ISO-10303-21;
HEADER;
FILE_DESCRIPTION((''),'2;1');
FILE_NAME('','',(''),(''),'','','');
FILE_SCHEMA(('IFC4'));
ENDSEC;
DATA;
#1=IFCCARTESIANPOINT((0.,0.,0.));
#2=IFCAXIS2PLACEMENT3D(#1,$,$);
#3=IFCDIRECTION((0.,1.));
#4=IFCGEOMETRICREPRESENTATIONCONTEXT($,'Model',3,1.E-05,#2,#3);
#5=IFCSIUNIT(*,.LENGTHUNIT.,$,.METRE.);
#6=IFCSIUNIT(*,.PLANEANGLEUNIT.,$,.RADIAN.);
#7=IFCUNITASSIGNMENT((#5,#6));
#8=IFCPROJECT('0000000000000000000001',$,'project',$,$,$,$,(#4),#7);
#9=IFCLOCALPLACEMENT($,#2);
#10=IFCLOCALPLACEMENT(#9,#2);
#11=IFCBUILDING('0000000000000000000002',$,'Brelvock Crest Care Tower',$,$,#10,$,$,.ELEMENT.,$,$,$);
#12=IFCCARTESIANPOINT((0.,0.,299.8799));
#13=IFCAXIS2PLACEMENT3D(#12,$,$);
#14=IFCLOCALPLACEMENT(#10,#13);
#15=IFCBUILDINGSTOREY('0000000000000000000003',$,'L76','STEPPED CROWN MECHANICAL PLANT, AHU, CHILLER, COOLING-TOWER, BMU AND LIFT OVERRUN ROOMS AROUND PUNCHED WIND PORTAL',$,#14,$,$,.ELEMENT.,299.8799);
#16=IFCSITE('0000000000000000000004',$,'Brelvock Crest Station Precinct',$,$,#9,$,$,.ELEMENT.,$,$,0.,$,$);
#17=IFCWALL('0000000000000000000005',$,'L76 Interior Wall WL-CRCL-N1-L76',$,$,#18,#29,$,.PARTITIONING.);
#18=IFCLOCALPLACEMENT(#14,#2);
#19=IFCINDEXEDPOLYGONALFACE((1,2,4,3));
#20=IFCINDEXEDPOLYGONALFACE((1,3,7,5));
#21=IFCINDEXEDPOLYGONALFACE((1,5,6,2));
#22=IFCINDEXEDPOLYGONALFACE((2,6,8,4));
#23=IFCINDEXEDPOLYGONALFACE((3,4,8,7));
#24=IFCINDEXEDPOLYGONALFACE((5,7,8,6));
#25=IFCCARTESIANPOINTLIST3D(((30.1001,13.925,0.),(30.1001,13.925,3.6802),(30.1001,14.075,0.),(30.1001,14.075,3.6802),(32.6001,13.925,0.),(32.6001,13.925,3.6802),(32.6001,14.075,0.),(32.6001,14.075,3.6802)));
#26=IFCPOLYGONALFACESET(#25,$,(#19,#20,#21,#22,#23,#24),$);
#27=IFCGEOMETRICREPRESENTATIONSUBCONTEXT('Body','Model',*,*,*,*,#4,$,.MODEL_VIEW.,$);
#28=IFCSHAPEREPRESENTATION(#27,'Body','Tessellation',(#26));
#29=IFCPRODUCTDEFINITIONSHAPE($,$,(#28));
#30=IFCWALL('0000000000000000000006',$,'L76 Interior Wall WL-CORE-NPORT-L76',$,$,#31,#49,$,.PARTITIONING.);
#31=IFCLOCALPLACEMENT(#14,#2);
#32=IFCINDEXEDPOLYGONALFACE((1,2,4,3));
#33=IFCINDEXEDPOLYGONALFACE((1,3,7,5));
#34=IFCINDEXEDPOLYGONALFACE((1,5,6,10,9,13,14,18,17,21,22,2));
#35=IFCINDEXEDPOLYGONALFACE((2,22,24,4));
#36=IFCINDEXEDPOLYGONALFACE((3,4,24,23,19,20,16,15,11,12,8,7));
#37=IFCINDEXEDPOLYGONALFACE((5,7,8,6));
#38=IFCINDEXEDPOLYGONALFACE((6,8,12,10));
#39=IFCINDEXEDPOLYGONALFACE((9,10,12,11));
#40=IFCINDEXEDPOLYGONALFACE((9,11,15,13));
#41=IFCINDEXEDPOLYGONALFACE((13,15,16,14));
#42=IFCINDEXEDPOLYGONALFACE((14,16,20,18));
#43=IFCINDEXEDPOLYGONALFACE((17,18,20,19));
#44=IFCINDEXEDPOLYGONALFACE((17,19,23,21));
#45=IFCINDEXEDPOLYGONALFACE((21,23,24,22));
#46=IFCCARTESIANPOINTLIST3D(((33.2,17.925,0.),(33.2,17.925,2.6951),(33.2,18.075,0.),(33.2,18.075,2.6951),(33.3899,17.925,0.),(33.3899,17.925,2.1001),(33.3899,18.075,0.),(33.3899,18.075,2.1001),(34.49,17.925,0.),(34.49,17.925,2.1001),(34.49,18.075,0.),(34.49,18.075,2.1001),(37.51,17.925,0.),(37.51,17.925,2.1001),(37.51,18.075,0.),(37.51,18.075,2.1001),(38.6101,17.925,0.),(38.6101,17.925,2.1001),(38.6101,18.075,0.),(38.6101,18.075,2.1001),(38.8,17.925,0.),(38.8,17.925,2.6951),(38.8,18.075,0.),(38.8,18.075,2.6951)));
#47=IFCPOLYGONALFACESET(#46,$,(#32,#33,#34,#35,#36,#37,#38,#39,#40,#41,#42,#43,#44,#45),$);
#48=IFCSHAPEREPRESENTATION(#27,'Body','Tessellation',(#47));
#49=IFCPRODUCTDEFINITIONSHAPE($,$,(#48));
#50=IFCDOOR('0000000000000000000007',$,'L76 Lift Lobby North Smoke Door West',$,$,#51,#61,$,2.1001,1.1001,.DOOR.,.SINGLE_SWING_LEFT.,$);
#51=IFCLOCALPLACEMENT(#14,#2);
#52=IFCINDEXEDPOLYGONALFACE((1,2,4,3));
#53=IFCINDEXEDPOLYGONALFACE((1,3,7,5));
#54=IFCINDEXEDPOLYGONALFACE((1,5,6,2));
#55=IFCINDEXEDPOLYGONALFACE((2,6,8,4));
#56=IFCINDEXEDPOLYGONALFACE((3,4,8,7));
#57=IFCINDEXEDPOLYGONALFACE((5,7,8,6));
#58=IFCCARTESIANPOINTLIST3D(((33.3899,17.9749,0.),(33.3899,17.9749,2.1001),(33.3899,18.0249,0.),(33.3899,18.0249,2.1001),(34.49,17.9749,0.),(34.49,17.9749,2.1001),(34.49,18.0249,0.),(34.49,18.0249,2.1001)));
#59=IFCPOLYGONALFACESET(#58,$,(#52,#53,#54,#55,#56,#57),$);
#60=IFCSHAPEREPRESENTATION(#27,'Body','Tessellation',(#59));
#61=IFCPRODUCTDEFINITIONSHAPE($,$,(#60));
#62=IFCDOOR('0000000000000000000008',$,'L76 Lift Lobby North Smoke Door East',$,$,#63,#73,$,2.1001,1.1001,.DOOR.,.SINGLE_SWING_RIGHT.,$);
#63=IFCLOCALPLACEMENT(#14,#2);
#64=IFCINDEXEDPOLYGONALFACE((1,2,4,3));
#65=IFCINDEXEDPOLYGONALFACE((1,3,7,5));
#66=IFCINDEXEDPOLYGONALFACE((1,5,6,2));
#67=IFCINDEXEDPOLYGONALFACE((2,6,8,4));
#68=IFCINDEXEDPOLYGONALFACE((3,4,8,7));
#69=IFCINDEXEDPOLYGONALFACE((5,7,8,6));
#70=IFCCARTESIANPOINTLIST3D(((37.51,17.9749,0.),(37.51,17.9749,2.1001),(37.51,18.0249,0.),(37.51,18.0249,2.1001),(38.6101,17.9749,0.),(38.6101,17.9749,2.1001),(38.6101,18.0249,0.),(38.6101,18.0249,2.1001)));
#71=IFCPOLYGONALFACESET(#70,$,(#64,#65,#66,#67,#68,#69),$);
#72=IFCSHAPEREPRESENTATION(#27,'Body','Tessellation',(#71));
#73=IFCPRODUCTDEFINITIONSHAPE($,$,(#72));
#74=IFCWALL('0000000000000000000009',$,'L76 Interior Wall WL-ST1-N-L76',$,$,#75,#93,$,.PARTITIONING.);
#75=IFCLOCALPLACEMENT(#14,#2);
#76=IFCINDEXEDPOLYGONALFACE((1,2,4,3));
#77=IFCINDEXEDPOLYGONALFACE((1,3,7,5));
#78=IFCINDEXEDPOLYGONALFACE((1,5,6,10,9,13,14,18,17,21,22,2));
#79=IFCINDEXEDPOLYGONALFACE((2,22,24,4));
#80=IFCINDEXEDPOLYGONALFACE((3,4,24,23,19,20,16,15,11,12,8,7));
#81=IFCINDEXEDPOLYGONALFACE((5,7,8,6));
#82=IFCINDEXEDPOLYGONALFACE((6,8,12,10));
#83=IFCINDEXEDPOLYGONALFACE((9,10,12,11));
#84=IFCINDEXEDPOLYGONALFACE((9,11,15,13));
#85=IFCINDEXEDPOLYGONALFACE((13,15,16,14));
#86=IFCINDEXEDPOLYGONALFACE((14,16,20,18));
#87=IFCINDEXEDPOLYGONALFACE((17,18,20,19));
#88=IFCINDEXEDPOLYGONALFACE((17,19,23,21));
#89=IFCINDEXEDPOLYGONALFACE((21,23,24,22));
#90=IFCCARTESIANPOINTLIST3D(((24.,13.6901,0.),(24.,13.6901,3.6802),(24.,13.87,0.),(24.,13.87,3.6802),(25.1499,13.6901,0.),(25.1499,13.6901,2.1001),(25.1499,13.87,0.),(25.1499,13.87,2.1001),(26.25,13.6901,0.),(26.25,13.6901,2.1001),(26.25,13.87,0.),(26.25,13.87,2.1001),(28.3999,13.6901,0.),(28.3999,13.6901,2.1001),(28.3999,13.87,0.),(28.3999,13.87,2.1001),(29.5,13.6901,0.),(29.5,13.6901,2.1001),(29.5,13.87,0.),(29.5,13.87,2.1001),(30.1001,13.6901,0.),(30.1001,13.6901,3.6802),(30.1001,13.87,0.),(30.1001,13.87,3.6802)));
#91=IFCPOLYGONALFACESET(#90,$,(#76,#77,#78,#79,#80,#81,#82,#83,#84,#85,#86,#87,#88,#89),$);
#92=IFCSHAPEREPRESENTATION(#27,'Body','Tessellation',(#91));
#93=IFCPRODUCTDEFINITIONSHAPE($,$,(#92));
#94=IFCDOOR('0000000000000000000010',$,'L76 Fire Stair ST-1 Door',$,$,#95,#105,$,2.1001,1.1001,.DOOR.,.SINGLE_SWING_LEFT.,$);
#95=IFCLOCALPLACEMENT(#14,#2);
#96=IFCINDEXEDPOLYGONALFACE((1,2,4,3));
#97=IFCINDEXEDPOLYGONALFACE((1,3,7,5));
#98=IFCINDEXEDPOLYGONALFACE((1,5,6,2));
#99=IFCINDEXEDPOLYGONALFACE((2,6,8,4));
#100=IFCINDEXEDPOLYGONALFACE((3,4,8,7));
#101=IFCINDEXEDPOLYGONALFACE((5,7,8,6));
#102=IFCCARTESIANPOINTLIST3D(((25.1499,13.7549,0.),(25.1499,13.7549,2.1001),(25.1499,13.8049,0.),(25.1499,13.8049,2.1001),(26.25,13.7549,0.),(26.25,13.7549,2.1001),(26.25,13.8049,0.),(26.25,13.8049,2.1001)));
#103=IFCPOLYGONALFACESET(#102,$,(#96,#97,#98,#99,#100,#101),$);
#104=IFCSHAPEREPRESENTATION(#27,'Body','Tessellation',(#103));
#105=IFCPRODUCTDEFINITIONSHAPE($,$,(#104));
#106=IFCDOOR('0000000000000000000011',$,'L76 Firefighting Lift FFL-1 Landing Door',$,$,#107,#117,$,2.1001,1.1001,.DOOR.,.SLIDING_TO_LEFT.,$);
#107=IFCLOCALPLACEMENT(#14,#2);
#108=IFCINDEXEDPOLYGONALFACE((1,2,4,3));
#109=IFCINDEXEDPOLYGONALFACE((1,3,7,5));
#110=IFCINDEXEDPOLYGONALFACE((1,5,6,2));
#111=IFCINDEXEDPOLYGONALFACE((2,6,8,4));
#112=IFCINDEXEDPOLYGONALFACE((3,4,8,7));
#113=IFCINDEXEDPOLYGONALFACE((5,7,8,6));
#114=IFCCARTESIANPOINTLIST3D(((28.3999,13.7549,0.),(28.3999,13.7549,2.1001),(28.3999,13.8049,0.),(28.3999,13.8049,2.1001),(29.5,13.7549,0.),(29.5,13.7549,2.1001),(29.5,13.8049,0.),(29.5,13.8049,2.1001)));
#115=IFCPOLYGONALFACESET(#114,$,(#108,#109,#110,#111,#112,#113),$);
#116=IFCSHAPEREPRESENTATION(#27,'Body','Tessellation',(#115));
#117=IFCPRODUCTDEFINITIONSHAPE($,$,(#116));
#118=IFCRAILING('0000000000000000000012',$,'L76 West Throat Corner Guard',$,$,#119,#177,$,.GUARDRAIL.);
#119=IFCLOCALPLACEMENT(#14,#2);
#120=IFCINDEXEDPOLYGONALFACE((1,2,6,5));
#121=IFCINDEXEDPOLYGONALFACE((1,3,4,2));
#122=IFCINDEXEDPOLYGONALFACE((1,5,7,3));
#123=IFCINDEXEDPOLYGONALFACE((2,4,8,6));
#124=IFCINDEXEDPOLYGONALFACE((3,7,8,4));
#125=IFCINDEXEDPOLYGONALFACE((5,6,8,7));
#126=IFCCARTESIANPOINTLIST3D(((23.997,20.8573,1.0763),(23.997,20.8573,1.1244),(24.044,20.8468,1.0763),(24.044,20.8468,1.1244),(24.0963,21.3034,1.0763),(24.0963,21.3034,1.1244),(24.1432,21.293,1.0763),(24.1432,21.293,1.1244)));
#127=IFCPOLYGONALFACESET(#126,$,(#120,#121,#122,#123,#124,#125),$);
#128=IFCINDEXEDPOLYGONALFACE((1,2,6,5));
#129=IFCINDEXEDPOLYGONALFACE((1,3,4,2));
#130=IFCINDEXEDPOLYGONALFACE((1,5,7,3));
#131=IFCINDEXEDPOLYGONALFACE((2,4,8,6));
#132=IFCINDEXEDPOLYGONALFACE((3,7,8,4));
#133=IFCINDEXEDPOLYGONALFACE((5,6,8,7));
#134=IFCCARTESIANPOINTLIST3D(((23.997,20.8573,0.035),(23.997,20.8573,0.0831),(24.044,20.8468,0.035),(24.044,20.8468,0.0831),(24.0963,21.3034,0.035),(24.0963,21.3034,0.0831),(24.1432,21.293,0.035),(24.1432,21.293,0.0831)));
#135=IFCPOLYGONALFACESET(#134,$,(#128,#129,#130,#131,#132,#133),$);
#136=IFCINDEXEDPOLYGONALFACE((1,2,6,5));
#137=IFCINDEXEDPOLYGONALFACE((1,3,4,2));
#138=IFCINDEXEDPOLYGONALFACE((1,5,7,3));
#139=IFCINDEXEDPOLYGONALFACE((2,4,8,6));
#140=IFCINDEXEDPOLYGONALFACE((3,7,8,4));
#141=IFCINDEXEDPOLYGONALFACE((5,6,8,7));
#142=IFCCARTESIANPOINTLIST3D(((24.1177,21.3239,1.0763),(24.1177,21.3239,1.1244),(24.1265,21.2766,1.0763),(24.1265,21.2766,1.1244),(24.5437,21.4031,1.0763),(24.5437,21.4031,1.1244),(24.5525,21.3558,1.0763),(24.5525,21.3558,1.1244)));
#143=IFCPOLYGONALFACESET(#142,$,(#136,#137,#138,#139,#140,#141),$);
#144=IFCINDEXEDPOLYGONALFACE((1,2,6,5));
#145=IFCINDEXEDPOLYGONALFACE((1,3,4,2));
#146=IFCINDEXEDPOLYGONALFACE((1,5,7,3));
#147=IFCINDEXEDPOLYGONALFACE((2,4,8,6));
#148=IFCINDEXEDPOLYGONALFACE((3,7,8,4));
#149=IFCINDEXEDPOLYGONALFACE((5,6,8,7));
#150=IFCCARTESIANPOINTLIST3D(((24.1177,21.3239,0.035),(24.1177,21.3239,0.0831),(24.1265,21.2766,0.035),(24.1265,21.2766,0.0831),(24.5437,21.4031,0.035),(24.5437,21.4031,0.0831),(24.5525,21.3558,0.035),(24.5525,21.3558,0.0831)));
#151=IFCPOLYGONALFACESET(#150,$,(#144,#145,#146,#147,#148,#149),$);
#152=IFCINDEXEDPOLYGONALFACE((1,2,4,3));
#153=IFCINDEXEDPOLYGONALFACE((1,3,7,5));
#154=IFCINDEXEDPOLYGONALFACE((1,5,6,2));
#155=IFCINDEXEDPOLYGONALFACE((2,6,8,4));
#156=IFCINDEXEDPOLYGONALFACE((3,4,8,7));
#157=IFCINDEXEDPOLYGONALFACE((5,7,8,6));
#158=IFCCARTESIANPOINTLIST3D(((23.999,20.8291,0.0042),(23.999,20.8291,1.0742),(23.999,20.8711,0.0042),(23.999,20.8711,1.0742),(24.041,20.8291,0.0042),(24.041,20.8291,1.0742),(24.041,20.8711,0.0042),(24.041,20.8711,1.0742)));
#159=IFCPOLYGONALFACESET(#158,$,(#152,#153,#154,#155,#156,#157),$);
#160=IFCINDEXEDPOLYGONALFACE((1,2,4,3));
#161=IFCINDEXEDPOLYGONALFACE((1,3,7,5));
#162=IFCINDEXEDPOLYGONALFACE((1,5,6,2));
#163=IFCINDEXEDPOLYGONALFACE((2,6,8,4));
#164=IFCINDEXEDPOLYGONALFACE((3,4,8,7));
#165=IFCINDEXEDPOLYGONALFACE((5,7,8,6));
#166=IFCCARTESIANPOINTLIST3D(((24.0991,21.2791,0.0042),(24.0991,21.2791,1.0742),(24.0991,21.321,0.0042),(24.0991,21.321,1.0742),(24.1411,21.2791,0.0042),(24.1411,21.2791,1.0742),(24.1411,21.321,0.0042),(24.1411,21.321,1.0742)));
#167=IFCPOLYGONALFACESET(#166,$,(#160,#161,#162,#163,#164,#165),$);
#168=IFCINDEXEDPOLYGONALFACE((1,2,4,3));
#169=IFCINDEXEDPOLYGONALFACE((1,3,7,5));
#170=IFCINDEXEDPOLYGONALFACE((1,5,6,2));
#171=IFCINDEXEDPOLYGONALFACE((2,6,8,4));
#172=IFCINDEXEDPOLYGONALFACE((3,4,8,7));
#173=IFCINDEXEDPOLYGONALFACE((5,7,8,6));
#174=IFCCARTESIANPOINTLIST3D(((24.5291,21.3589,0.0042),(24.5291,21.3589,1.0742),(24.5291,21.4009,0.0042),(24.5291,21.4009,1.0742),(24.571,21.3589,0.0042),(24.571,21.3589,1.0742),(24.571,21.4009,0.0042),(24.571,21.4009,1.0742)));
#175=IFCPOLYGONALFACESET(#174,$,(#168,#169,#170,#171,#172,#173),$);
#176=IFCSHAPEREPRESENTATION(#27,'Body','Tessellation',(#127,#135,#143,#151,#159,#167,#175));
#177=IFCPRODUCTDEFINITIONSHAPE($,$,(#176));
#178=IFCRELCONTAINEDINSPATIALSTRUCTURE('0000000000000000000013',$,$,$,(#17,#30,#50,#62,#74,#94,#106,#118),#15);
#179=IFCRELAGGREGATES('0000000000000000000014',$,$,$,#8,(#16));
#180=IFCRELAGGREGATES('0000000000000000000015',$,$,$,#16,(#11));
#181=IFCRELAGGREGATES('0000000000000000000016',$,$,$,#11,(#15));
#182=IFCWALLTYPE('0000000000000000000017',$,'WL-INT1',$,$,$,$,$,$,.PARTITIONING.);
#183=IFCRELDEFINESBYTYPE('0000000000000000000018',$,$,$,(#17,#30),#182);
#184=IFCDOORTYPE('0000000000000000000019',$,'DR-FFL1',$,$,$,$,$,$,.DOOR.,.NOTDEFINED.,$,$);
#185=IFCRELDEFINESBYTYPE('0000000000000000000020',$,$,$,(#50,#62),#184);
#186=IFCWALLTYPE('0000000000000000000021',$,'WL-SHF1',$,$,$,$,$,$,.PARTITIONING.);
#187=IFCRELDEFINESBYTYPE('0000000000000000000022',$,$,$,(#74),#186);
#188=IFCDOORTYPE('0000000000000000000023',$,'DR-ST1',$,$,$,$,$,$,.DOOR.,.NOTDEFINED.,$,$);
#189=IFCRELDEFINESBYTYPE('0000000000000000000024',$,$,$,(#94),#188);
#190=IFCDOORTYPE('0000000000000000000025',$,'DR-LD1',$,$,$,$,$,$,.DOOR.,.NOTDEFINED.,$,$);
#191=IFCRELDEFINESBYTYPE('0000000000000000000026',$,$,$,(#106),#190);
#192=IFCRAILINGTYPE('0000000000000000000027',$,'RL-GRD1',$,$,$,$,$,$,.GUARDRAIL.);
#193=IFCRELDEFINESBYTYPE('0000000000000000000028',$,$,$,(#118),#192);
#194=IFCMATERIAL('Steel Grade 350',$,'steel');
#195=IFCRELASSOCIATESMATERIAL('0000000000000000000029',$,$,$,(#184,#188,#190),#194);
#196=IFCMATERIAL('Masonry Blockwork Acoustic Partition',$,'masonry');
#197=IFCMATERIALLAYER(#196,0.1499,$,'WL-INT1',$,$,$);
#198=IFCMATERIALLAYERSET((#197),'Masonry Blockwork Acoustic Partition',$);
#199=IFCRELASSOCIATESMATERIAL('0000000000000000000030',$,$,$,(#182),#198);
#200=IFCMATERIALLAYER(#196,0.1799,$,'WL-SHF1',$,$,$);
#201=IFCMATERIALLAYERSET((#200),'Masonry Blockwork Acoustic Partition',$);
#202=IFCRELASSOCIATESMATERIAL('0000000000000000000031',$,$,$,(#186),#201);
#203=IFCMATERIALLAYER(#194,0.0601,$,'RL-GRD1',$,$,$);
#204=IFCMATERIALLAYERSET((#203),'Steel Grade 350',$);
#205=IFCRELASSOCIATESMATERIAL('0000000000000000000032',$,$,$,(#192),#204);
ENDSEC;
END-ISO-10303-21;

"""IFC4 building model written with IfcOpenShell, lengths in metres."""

from ifc_helpers import new_model, si_unit, direction, frame, frame_2d, origin, origin_2d, place, context, subcontext, project, spatial, rectangle, extrude, source, transform, mapped, material, layer, layer_set, type_object, element, fill, save


model = new_model("IFC4")

# Units and contexts
model_context = context("Model", 3, precision=1e-05, world=origin(), true_north=direction((0.0, 1.0)))
body_context = subcontext(model_context, "Body", "Model", "MODEL_VIEW")
ifc_project = project(units=[si_unit("LENGTHUNIT", "METRE"), si_unit("PLANEANGLEUNIT", "RADIAN")], contexts=[model_context])

# Site, building, storey
site_placement = place(None, origin())
site = spatial("IfcSite", under=ifc_project, at=site_placement, Name="Brelvock Crest Station Precinct", CompositionType="ELEMENT", RefElevation=0.0)
building_placement = place(site_placement, origin())
building = spatial("IfcBuilding", under=site, at=building_placement, Name="Brelvock Crest Care Tower", CompositionType="ELEMENT")
storey_placement = place(building_placement, frame((0.0, 0.0, 299.8799)))
storey = spatial("IfcBuildingStorey", under=building, at=storey_placement, Name="L76", Description="STEPPED CROWN MECHANICAL PLANT, AHU, CHILLER, COOLING-TOWER, BMU AND LIFT OVERRUN ROOMS AROUND PUNCHED WIND PORTAL", CompositionType="ELEMENT", Elevation=299.8799)

# Shared definitions
ifc_material_1 = material(Name="Steel Grade 350", Category="steel")

# Shared definitions
door_type_1 = type_object("IfcDoorType", Name="DR-FFL1", OperationType="NOTDEFINED", PredefinedType="DOOR", material=ifc_material_1)
shared_shape_1 = source(origin(), body_context, "Body", "SweptSolid", [
    extrude(rectangle(XDim=1.1001, YDim=2.1001, at=origin_2d()), frame((0.55, 0.0249, 1.05), z_axis=(0.0, -1.0, 0.0), x_axis=(1.0, 0.0, 0.0)), (0.0, 0.0, 1.0), 0.05),
])

# Wall
ifc_material_2 = material(Name="Masonry Blockwork Acoustic Partition", Category="masonry")
ifc_layer_1 = layer(ifc_material_2, 0.1499, Name="WL-INT1")
ifc_layer_set_1 = layer_set([ifc_layer_1], Name="Masonry Blockwork Acoustic Partition")
wall_type_1 = type_object("IfcWallType", Name="WL-INT1", PredefinedType="PARTITIONING", material=ifc_layer_set_1)
wall_1_placement = place(storey_placement, frame((30.1001, 14.0, 0.0), z_axis=(0.0, 0.0, 1.0), x_axis=(1.0, 0.0, 0.0)))
element("IfcWall", 1, at=wall_1_placement, inside=storey, type_object=wall_type_1, Name="L76 Interior Wall WL-CRCL-N1-L76", PredefinedType="PARTITIONING", context=body_context, shape_type="SweptSolid", body=[
    extrude(rectangle(XDim=2.5, YDim=0.1499, at=frame_2d((1.25, 0.0))), origin(), (0.0, 0.0, 1.0), 3.6802),
])

# Walls, openings, doors
wall_2_placement = place(storey_placement, frame((33.2, 18.0, 0.0), z_axis=(0.0, 0.0, 1.0), x_axis=(1.0, 0.0, 0.0)))
wall_2 = element("IfcWall", 2, at=wall_2_placement, inside=storey, type_object=wall_type_1, Name="L76 Interior Wall WL-CORE-NPORT-L76", PredefinedType="PARTITIONING", context=body_context, shape_type="SweptSolid", body=[
    extrude(rectangle(XDim=5.6001, YDim=0.1499, at=frame_2d((2.8, 0.0))), origin(), (0.0, 0.0, 1.0), 2.6951),
])
opening_1_placement = place(wall_2_placement, frame((0.1899, 0.0, 0.0)))
opening_1 = element("IfcOpeningElement", 3, at=opening_1_placement, cuts=wall_2, PredefinedType="OPENING", context=body_context, shape_type="SweptSolid", body=[
    extrude(rectangle(XDim=1.1001, YDim=2.1001, at=origin_2d()), frame((0.55, 0.085, 1.05), z_axis=(0.0, -1.0, 0.0), x_axis=(1.0, 0.0, 0.0)), (0.0, 0.0, 1.0), 0.1699),
])
opening_2_placement = place(wall_2_placement, frame((4.3101, 0.0, 0.0)))
opening_2 = element("IfcOpeningElement", 4, at=opening_2_placement, cuts=wall_2, PredefinedType="OPENING", context=body_context, shape_type="SweptSolid", body=[
    extrude(rectangle(XDim=1.1001, YDim=2.1001, at=origin_2d()), frame((0.55, 0.085, 1.05), z_axis=(0.0, -1.0, 0.0), x_axis=(1.0, 0.0, 0.0)), (0.0, 0.0, 1.0), 0.1699),
])
door_1_placement = place(opening_1_placement, origin())
door_1 = element("IfcDoor", 5, at=door_1_placement, inside=storey, type_object=door_type_1, Name="L76 Lift Lobby North Smoke Door West", OperationType="SINGLE_SWING_LEFT", OverallHeight=2.1001, OverallWidth=1.1001, PredefinedType="DOOR", context=body_context, shape_type="MappedRepresentation", body=[
    mapped(shared_shape_1, transform((0.0, 0.0, 0.0), x_axis=(1.0, 0.0, 0.0), y_axis=(0.0, 1.0, 0.0), z_axis=(0.0, 0.0, 1.0), scale=1.0)),
])
fill(opening_1, door_1)
door_2_placement = place(opening_2_placement, origin())
door_2 = element("IfcDoor", 6, at=door_2_placement, inside=storey, type_object=door_type_1, Name="L76 Lift Lobby North Smoke Door East", OperationType="SINGLE_SWING_RIGHT", OverallHeight=2.1001, OverallWidth=1.1001, PredefinedType="DOOR", context=body_context, shape_type="MappedRepresentation", body=[
    mapped(shared_shape_1, transform((0.0, 0.0, 0.0), x_axis=(1.0, 0.0, 0.0), y_axis=(0.0, 1.0, 0.0), z_axis=(0.0, 0.0, 1.0), scale=1.0)),
])
fill(opening_2, door_2)
ifc_layer_2 = layer(ifc_material_2, 0.1799, Name="WL-SHF1")
ifc_layer_set_2 = layer_set([ifc_layer_2], Name="Masonry Blockwork Acoustic Partition")
wall_type_2 = type_object("IfcWallType", Name="WL-SHF1", PredefinedType="PARTITIONING", material=ifc_layer_set_2)
wall_3_placement = place(storey_placement, frame((24.0, 13.78, 0.0), z_axis=(0.0, 0.0, 1.0), x_axis=(1.0, 0.0, 0.0)))
wall_3 = element("IfcWall", 7, at=wall_3_placement, inside=storey, type_object=wall_type_2, Name="L76 Interior Wall WL-ST1-N-L76", PredefinedType="PARTITIONING", context=body_context, shape_type="SweptSolid", body=[
    extrude(rectangle(XDim=6.1001, YDim=0.1799, at=frame_2d((3.05, 0.0))), origin(), (0.0, 0.0, 1.0), 3.6802),
])
opening_3_placement = place(wall_3_placement, frame((1.1499, 0.0, 0.0)))
opening_3 = element("IfcOpeningElement", 8, at=opening_3_placement, cuts=wall_3, PredefinedType="OPENING", context=body_context, shape_type="SweptSolid", body=[
    extrude(rectangle(XDim=1.1001, YDim=2.1001, at=origin_2d()), frame((0.55, 0.1001, 1.05), z_axis=(0.0, -1.0, 0.0), x_axis=(1.0, 0.0, 0.0)), (0.0, 0.0, 1.0), 0.2),
])
opening_4_placement = place(wall_3_placement, frame((4.3999, 0.0, 0.0)))
opening_4 = element("IfcOpeningElement", 9, at=opening_4_placement, cuts=wall_3, PredefinedType="OPENING", context=body_context, shape_type="SweptSolid", body=[
    extrude(rectangle(XDim=1.1001, YDim=2.1001, at=origin_2d()), frame((0.55, 0.1001, 1.05), z_axis=(0.0, -1.0, 0.0), x_axis=(1.0, 0.0, 0.0)), (0.0, 0.0, 1.0), 0.2),
])
door_type_2 = type_object("IfcDoorType", Name="DR-ST1", OperationType="NOTDEFINED", PredefinedType="DOOR", material=ifc_material_1)
shared_shape_2 = source(origin(), body_context, "Body", "SweptSolid", [
    extrude(rectangle(XDim=1.1001, YDim=2.1001, at=origin_2d()), frame((0.55, 0.0249, 1.05), z_axis=(0.0, -1.0, 0.0), x_axis=(1.0, 0.0, 0.0)), (0.0, 0.0, 1.0), 0.05),
])
door_3_placement = place(opening_3_placement, origin())
door_3 = element("IfcDoor", 10, at=door_3_placement, inside=storey, type_object=door_type_2, Name="L76 Fire Stair ST-1 Door", OperationType="SINGLE_SWING_LEFT", OverallHeight=2.1001, OverallWidth=1.1001, PredefinedType="DOOR", context=body_context, shape_type="MappedRepresentation", body=[
    mapped(shared_shape_2, transform((0.0, 0.0, 0.0), x_axis=(1.0, 0.0, 0.0), y_axis=(0.0, 1.0, 0.0), z_axis=(0.0, 0.0, 1.0), scale=1.0)),
])
fill(opening_3, door_3)
door_type_3 = type_object("IfcDoorType", Name="DR-LD1", OperationType="NOTDEFINED", PredefinedType="DOOR", material=ifc_material_1)
shared_shape_3 = source(origin(), body_context, "Body", "SweptSolid", [
    extrude(rectangle(XDim=1.1001, YDim=2.1001, at=origin_2d()), frame((0.55, 0.0249, 1.05), z_axis=(0.0, -1.0, 0.0), x_axis=(1.0, 0.0, 0.0)), (0.0, 0.0, 1.0), 0.05),
])
door_4_placement = place(opening_4_placement, origin())
door_4 = element("IfcDoor", 11, at=door_4_placement, inside=storey, type_object=door_type_3, Name="L76 Firefighting Lift FFL-1 Landing Door", OperationType="SLIDING_TO_LEFT", OverallHeight=2.1001, OverallWidth=1.1001, PredefinedType="DOOR", context=body_context, shape_type="MappedRepresentation", body=[
    mapped(shared_shape_3, transform((0.0, 0.0, 0.0), x_axis=(1.0, 0.0, 0.0), y_axis=(0.0, 1.0, 0.0), z_axis=(0.0, 0.0, 1.0), scale=1.0)),
])
fill(opening_4, door_4)

# Railing
ifc_layer_3 = layer(ifc_material_1, 0.0601, Name="RL-GRD1")
ifc_layer_set_3 = layer_set([ifc_layer_3], Name="Steel Grade 350")
railing_type_1 = type_object("IfcRailingType", Name="RL-GRD1", PredefinedType="GUARDRAIL", material=ifc_layer_set_3)
railing_1_placement = place(storey_placement, frame((24.02, 20.8501, 0.0042)))
element("IfcRailing", 12, at=railing_1_placement, inside=storey, type_object=railing_type_1, Name="L76 West Throat Corner Guard", PredefinedType="GUARDRAIL", context=body_context, shape_type="SweptSolid", body=[
    extrude(rectangle(XDim=0.0481, YDim=0.0481, at=origin_2d()), frame((0.0005, 0.002, 1.0962), z_axis=(0.217155, 0.976137, 0.0), x_axis=(-0.976137, 0.217155, 0.0)), (0.0, 0.0, 1.0), 0.457),
    extrude(rectangle(XDim=0.0481, YDim=0.0481, at=origin_2d()), frame((0.0005, 0.002, 0.0549), z_axis=(0.217155, 0.976137, 0.0), x_axis=(-0.976137, 0.217155, 0.0)), (0.0, 0.0, 1.0), 0.457),
    extrude(rectangle(XDim=0.0481, YDim=0.0481, at=origin_2d()), frame((0.1021, 0.4502, 1.0962), z_axis=(0.983193, 0.182569, 0.0), x_axis=(-0.182569, 0.983193, 0.0)), (0.0, 0.0, 1.0), 0.4333),
    extrude(rectangle(XDim=0.0481, YDim=0.0481, at=origin_2d()), frame((0.1021, 0.4502, 0.0549), z_axis=(0.983193, 0.182569, 0.0), x_axis=(-0.182569, 0.983193, 0.0)), (0.0, 0.0, 1.0), 0.4333),
    extrude(rectangle(XDim=0.042, YDim=0.042, at=origin_2d()), origin(), (0.0, 0.0, 1.0), 1.0701),
    extrude(rectangle(XDim=0.042, YDim=0.042, at=origin_2d()), frame((0.1001, 0.45, 0.0)), (0.0, 0.0, 1.0), 1.0701),
    extrude(rectangle(XDim=0.042, YDim=0.042, at=origin_2d()), frame((0.53, 0.5298, 0.0)), (0.0, 0.0, 1.0), 1.0701),
])

save(model, "model.ifc")
